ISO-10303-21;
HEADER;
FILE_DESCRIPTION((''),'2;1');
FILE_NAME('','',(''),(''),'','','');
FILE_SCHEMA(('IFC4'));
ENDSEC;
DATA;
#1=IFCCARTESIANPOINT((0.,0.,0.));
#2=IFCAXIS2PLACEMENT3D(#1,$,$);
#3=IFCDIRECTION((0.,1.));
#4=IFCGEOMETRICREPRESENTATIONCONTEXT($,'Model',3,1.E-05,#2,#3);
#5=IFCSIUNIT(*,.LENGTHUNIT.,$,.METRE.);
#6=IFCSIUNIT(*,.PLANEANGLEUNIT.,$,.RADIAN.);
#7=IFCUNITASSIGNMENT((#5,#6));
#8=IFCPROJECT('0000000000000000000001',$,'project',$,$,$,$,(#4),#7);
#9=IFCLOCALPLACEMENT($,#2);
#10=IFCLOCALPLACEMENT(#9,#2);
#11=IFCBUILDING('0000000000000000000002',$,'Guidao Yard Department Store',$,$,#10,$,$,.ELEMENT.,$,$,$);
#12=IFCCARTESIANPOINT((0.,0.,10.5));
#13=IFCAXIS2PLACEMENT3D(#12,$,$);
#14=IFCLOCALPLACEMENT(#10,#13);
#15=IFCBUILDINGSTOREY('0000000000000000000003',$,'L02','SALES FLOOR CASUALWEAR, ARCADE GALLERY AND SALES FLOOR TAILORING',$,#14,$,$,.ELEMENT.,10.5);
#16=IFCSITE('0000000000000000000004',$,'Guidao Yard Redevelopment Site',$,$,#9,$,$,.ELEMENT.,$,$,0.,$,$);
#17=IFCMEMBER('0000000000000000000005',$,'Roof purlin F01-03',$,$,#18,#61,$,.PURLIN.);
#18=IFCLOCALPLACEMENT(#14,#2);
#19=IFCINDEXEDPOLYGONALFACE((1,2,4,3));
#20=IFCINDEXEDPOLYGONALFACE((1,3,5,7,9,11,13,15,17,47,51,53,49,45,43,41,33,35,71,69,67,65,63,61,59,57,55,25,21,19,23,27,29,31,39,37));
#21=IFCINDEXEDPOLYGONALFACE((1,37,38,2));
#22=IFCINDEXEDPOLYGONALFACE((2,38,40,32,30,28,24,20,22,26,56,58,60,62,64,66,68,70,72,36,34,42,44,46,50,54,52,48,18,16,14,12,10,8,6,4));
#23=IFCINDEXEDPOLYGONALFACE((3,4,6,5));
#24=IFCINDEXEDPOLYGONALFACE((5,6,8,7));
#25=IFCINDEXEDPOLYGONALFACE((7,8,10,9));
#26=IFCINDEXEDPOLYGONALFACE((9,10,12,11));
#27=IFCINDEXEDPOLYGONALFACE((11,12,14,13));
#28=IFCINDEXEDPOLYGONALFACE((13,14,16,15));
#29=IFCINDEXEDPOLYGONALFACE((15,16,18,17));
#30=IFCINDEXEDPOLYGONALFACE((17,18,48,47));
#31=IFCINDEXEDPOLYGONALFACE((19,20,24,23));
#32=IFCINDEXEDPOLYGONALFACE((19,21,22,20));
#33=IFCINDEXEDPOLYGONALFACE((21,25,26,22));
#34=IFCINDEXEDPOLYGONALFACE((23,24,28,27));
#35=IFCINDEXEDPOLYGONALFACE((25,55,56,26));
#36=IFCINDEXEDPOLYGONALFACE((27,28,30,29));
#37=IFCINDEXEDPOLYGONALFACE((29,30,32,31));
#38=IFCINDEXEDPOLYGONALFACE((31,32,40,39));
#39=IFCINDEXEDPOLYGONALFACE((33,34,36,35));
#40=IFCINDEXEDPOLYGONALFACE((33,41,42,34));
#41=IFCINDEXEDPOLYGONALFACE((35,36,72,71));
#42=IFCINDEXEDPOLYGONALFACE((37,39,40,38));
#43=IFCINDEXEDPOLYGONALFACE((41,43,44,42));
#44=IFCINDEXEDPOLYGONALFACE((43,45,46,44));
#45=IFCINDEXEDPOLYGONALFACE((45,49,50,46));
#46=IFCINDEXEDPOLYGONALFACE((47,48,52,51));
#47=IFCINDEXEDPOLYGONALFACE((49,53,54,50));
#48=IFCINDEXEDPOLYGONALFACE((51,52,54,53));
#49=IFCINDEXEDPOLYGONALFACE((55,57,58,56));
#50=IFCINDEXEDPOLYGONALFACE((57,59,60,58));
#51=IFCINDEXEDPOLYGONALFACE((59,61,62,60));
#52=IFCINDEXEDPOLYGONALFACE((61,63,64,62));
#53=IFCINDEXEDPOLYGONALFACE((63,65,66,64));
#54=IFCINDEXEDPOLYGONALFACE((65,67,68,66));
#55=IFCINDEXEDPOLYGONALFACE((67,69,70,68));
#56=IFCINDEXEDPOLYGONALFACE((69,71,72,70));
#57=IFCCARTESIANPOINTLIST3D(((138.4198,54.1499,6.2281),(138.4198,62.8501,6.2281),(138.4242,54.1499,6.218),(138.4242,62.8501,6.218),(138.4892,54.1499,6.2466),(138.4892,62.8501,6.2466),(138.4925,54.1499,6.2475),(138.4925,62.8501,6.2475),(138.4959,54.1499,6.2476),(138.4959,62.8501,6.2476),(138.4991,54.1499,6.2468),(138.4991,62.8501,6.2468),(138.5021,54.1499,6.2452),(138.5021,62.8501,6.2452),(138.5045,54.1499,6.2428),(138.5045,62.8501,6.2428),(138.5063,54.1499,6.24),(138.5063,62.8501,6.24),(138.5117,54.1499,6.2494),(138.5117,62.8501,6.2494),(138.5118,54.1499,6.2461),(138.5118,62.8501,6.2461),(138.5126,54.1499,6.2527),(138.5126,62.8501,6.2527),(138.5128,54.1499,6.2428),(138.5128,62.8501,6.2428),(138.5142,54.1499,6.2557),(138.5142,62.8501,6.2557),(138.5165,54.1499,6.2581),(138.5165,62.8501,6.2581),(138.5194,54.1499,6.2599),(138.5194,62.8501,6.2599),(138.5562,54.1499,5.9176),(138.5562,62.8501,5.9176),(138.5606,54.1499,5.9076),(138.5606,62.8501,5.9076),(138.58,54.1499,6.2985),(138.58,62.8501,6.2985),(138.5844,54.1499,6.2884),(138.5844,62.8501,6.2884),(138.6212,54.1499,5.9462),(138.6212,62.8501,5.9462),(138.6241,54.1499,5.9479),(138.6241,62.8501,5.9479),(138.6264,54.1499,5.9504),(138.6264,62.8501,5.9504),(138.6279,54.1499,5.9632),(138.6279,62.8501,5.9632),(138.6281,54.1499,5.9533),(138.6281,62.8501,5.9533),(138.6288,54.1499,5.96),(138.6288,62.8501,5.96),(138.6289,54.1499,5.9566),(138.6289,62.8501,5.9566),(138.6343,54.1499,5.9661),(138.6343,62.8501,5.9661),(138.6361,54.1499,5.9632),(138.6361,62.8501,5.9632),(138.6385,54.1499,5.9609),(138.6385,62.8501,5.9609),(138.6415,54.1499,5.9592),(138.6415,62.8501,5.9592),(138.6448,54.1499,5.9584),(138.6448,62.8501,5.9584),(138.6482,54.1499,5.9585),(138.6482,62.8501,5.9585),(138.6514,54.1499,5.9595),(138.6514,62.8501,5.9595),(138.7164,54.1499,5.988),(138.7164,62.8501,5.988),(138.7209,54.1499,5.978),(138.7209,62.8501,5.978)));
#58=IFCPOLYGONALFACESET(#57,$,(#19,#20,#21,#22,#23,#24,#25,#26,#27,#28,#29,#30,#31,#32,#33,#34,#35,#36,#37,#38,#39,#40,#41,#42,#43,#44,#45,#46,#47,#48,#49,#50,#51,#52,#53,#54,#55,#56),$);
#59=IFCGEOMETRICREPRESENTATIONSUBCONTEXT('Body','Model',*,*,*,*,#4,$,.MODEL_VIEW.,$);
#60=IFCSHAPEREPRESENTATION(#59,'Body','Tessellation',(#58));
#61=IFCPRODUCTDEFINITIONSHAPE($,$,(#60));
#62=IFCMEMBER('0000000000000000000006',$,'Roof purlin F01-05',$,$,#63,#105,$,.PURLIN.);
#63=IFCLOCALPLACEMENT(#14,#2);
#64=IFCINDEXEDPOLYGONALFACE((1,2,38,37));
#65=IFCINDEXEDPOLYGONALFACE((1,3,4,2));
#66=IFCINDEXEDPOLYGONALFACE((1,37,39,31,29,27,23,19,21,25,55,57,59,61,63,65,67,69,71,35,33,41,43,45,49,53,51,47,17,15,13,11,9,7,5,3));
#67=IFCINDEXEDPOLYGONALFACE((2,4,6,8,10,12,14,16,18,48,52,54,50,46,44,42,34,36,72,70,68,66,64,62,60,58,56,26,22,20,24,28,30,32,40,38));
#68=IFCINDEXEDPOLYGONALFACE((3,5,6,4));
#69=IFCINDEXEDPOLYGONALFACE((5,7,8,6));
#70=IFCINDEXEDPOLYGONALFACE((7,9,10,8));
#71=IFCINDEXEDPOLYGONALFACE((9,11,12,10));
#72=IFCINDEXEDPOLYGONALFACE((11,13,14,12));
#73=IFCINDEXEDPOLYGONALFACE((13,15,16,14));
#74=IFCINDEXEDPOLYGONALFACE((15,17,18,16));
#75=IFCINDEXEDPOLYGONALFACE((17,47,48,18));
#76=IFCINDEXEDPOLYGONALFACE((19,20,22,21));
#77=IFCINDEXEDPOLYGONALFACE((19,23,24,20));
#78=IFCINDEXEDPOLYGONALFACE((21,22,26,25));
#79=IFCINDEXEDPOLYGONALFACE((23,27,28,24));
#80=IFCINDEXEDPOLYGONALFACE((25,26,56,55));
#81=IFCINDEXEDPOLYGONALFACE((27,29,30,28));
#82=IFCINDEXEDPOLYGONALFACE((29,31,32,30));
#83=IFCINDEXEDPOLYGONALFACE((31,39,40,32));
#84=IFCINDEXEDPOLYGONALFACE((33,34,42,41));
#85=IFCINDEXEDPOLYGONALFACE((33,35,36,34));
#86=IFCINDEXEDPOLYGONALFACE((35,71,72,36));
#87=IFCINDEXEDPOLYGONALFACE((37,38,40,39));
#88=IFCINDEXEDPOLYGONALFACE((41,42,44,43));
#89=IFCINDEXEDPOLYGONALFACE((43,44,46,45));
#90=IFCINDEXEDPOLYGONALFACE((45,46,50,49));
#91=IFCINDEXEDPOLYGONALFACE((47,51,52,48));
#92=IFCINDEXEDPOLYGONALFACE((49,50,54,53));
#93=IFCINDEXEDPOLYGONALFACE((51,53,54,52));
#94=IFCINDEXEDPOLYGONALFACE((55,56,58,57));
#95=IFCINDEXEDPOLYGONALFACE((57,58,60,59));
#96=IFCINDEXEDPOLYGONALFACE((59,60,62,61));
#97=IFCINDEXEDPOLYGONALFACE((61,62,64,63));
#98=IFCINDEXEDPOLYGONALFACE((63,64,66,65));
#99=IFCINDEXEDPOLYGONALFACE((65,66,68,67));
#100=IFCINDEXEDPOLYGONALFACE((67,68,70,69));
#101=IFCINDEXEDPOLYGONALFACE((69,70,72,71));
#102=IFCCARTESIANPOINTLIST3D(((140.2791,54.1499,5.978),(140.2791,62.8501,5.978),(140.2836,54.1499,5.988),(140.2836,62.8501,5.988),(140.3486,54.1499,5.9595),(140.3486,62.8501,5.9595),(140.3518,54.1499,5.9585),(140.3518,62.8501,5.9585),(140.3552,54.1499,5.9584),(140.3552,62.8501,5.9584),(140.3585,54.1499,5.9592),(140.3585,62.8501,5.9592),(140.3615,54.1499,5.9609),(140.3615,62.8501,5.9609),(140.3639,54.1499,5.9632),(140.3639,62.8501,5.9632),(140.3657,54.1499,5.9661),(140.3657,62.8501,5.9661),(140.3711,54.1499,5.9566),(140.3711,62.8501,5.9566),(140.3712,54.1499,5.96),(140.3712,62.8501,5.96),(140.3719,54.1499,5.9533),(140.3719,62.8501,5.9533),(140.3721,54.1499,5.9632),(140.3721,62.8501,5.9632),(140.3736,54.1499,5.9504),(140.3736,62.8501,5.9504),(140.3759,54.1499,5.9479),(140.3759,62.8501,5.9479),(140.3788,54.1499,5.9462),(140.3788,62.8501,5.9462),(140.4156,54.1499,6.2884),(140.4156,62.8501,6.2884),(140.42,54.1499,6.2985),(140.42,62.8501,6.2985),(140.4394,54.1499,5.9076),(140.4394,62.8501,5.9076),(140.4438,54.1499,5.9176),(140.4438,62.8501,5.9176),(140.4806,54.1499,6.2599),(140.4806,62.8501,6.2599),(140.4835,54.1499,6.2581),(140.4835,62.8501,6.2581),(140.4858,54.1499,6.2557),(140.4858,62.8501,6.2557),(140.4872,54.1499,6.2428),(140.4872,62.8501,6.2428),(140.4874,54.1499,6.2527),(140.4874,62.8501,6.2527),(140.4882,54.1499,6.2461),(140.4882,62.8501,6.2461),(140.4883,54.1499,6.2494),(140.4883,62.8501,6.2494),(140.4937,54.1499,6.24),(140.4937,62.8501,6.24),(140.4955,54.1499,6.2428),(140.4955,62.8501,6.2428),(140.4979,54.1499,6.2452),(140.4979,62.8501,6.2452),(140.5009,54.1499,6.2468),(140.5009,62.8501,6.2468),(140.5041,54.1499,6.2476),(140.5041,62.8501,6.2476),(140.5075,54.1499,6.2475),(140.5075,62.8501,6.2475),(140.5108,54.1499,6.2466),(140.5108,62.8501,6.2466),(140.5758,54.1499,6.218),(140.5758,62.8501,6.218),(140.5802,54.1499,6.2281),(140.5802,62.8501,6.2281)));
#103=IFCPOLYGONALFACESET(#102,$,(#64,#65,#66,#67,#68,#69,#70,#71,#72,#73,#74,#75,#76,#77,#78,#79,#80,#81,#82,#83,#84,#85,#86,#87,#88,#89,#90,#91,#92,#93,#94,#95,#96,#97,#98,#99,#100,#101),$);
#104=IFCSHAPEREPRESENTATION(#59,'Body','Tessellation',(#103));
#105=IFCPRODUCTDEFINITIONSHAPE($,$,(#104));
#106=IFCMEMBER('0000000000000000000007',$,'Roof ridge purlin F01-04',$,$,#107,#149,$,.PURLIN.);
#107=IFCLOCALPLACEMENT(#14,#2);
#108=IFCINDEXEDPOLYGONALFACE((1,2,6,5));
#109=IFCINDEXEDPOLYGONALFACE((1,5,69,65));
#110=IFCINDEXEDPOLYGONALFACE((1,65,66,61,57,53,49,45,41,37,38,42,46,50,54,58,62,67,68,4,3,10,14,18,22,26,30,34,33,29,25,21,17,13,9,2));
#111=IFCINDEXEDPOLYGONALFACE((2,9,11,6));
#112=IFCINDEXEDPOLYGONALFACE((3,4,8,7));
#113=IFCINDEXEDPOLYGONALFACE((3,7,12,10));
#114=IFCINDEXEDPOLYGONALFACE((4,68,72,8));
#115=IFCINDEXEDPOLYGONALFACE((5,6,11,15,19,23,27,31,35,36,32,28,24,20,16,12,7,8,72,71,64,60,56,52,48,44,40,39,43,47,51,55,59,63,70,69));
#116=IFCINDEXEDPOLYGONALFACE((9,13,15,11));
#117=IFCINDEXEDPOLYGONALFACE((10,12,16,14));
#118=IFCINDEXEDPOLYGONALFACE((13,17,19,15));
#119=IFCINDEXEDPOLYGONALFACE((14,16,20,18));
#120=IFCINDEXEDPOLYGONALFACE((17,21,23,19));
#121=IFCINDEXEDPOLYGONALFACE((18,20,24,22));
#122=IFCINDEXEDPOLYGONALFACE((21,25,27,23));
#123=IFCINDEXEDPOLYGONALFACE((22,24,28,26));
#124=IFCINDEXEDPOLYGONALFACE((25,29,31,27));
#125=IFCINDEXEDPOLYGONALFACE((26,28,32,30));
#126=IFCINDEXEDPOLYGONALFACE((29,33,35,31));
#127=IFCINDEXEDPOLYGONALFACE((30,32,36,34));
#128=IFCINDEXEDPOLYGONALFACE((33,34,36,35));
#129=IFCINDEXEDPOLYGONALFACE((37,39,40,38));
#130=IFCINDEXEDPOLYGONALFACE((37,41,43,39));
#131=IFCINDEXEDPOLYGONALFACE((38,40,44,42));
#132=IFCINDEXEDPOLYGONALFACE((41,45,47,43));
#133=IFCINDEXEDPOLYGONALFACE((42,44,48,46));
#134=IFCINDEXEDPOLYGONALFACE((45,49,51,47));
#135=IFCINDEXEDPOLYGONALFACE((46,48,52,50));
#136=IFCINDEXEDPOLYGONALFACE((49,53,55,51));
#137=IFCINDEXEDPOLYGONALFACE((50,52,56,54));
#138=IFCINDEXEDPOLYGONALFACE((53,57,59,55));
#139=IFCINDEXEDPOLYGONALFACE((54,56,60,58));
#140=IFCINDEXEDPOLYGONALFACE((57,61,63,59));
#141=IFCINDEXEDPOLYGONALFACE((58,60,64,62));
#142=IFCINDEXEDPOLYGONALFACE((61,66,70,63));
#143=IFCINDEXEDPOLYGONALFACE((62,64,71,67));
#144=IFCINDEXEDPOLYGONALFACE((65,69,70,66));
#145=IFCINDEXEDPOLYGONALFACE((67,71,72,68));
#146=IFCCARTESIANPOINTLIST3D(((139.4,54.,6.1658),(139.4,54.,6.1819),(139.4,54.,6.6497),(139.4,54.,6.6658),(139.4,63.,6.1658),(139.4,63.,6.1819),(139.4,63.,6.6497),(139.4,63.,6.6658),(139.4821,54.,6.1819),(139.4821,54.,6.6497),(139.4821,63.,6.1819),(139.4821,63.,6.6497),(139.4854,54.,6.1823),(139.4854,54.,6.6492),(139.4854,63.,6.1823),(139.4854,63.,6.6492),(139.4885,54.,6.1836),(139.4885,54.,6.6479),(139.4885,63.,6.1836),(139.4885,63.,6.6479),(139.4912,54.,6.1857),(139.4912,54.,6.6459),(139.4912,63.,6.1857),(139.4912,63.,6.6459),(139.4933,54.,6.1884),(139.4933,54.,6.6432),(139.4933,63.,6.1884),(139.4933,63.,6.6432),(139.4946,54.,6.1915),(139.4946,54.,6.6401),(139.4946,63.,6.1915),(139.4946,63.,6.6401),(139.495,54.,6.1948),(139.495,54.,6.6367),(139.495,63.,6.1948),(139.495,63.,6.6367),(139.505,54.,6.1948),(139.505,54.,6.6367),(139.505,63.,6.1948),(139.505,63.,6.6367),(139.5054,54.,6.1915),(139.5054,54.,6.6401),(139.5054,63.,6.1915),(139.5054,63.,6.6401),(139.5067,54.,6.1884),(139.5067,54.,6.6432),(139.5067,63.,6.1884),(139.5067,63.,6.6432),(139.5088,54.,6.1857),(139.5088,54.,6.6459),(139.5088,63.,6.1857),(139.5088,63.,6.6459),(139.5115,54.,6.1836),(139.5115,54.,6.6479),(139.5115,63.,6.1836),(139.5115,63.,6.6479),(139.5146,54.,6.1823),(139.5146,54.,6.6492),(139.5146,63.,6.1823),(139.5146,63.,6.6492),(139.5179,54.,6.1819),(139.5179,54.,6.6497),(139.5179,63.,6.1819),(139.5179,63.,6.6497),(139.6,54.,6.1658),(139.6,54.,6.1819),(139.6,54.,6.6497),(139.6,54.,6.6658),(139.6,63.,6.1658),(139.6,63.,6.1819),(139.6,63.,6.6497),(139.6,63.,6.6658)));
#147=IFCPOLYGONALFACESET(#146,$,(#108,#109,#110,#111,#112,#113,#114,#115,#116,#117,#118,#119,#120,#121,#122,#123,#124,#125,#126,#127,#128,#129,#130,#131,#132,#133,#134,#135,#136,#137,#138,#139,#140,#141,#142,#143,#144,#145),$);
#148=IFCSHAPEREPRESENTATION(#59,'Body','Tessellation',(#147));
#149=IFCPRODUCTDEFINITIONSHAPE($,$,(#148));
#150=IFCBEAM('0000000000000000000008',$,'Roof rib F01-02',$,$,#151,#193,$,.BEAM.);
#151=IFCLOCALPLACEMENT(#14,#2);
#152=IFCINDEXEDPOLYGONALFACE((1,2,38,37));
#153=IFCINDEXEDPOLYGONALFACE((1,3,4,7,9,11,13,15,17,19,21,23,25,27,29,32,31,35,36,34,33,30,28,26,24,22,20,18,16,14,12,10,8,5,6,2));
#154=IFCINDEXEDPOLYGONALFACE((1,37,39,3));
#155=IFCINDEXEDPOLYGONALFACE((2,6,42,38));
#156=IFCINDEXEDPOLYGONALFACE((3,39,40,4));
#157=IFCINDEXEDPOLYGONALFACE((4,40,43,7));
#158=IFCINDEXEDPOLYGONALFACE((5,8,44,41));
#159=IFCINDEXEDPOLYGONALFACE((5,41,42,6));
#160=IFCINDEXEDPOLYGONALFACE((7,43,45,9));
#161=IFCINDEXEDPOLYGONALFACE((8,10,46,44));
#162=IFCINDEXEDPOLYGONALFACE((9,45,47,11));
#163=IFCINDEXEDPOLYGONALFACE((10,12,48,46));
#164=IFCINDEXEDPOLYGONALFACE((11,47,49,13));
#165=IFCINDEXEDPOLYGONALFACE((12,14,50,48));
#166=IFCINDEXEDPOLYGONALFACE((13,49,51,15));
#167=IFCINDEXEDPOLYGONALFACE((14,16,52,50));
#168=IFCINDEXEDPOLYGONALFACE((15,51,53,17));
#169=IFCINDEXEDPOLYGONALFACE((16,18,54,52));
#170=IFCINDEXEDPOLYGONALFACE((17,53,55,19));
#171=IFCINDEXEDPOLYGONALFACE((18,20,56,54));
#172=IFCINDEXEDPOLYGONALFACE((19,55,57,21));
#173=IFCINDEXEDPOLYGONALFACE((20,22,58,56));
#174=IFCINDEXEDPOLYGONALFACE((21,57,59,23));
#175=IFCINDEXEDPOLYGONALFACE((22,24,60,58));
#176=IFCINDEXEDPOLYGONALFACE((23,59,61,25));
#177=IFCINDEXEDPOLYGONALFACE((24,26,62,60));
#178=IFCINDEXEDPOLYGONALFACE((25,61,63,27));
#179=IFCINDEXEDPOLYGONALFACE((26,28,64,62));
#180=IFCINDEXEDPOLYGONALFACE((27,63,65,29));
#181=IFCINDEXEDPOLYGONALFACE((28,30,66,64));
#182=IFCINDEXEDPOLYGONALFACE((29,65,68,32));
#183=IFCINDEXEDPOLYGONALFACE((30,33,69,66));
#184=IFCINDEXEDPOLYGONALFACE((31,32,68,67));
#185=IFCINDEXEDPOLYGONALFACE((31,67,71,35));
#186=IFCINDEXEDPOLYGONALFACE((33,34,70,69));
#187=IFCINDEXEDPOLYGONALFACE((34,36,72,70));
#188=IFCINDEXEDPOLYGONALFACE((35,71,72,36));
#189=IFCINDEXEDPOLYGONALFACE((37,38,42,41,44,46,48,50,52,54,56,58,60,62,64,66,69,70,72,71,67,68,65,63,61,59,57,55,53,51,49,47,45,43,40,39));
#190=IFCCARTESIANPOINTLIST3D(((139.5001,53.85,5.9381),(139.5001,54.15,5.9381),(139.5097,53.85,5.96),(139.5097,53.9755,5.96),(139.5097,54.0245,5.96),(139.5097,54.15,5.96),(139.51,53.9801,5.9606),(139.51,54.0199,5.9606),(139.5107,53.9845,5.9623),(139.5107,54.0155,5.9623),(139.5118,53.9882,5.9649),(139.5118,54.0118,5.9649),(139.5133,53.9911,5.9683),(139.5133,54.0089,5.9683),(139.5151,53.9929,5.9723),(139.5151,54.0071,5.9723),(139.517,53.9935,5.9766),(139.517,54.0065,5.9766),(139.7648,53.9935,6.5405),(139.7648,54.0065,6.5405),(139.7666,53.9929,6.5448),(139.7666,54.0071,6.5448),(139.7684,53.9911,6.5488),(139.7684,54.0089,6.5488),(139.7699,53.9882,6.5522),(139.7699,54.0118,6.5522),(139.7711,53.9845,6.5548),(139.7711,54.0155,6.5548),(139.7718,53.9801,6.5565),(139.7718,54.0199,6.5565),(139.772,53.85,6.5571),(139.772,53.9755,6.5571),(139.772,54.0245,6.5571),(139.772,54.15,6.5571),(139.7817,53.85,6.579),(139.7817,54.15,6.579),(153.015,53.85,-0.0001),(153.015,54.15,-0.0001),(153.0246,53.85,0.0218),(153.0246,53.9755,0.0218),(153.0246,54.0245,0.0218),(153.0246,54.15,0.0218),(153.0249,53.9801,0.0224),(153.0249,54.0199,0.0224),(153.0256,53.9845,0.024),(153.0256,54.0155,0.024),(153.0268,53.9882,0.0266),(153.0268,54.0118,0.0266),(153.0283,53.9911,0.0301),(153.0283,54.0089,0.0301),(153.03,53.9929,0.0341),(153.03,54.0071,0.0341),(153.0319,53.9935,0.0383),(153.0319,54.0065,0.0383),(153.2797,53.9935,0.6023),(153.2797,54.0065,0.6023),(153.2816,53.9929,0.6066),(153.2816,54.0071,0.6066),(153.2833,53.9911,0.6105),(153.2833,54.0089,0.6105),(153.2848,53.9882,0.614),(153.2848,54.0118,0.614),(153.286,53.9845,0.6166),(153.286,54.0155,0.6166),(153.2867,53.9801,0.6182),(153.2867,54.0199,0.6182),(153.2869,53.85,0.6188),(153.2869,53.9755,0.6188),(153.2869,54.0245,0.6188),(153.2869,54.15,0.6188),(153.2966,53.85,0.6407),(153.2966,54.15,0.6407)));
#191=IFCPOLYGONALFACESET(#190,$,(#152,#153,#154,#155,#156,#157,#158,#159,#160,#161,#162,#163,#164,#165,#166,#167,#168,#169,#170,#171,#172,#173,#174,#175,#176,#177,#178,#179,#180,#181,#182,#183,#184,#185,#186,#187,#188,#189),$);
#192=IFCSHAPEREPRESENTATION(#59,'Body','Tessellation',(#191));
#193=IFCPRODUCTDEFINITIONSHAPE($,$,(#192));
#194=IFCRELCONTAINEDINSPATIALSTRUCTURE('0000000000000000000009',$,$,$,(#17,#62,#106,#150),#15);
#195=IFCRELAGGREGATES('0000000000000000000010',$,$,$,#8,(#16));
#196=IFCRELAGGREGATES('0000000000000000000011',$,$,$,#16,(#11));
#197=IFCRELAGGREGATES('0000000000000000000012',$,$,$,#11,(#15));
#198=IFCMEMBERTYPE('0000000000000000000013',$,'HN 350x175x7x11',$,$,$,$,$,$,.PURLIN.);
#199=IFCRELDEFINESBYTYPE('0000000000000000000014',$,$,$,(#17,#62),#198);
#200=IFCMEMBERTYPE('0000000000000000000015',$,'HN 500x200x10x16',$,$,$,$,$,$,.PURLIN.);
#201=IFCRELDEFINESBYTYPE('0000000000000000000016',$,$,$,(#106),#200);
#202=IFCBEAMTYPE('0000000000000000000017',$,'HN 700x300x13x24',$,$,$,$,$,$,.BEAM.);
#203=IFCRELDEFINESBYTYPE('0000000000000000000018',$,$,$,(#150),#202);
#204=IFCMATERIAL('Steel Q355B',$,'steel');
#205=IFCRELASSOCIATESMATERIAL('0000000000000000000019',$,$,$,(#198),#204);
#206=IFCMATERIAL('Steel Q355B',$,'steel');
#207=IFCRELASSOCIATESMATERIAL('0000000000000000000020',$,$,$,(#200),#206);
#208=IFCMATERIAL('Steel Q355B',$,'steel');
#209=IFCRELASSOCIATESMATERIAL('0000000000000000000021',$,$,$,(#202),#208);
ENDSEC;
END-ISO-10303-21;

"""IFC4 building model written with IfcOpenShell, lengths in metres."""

from ifc_helpers import new_model, si_unit, direction, frame, origin, origin_2d, place, context, subcontext, project, spatial, i_section, extrude, material, material_profile, profile_set, type_object, element, save


model = new_model("IFC4")

# Units and contexts
model_context = context("Model", 3, precision=1e-05, world=origin(), true_north=direction((0.0, 1.0)))
body_context = subcontext(model_context, "Body", "Model", "MODEL_VIEW")
ifc_project = project(units=[si_unit("LENGTHUNIT", "METRE"), si_unit("PLANEANGLEUNIT", "RADIAN")], contexts=[model_context])

# Site, building, storey
site_placement = place(None, origin())
site = spatial("IfcSite", under=ifc_project, at=site_placement, Name="Guidao Yard Redevelopment Site", CompositionType="ELEMENT", RefElevation=0.0)
building_placement = place(site_placement, origin())
building = spatial("IfcBuilding", under=site, at=building_placement, Name="Guidao Yard Department Store", CompositionType="ELEMENT")
storey_placement = place(building_placement, frame((0.0, 0.0, 10.5)))
storey = spatial("IfcBuildingStorey", under=building, at=storey_placement, Name="L02", Description="SALES FLOOR CASUALWEAR, ARCADE GALLERY AND SALES FLOOR TAILORING", CompositionType="ELEMENT", Elevation=10.5)

# Members
ifc_material_1 = material(Name="Steel Q355B", Category="steel")
ifc_material_profile_1 = material_profile(ifc_material_1, i_section(OverallWidth=0.175, OverallDepth=0.3501, WebThickness=0.0071, FlangeThickness=0.011, FilletRadius=0.0129, at=origin_2d()), Name="HN 350x175x7x11")
ifc_profile_set_1 = profile_set([ifc_material_profile_1], Name="Steel Q355B")
member_type_1 = type_object("IfcMemberType", Name="HN 350x175x7x11", PredefinedType="PURLIN", material=ifc_profile_set_1)
for number, where, z_axis, x_axis, name in (
    (1, (138.5703, 54.1499, 6.103), (0.0, 1.0, 0.0), (-0.915526, 0.0, -0.402258), "Roof purlin F01-03"),
    (2, (140.4297, 54.1499, 6.103), (0.0, 1.0, 0.0), (-0.915526, 0.0, 0.402258), "Roof purlin F01-05"),
):
    element("IfcMember", number, at=place(storey_placement, frame(where, z_axis=z_axis, x_axis=x_axis)), inside=storey, type_object=member_type_1, Name=name, PredefinedType="PURLIN", context=body_context, shape_type="SweptSolid", body=[
        extrude(i_section(OverallWidth=0.175, OverallDepth=0.3501, WebThickness=0.0071, FlangeThickness=0.011, FilletRadius=0.0129, at=origin_2d()), origin(), (0.0, 0.0, 1.0), 8.7002),
    ])
ifc_material_2 = material(Name="Steel Q355B", Category="steel")
ifc_material_profile_2 = material_profile(ifc_material_2, i_section(OverallWidth=0.2, OverallDepth=0.5, WebThickness=0.01, FlangeThickness=0.0161, FilletRadius=0.0129, at=origin_2d()), Name="HN 500x200x10x16")
ifc_profile_set_2 = profile_set([ifc_material_profile_2], Name="Steel Q355B")
member_type_2 = type_object("IfcMemberType", Name="HN 500x200x10x16", PredefinedType="PURLIN", material=ifc_profile_set_2)
member_1_placement = place(storey_placement, frame((139.5, 54.0, 6.4158), z_axis=(0.0, 1.0, 0.0), x_axis=(-1.0, 0.0, 0.0)))
element("IfcMember", 3, at=member_1_placement, inside=storey, type_object=member_type_2, Name="Roof ridge purlin F01-04", PredefinedType="PURLIN", context=body_context, shape_type="SweptSolid", body=[
    extrude(i_section(OverallWidth=0.2, OverallDepth=0.5, WebThickness=0.01, FlangeThickness=0.0161, FilletRadius=0.0129, at=origin_2d()), origin(), (0.0, 0.0, 1.0), 9.0),
])

# Beam
ifc_material_3 = material(Name="Steel Q355B", Category="steel")
ifc_material_profile_3 = material_profile(ifc_material_3, i_section(OverallWidth=0.3, OverallDepth=0.7, WebThickness=0.0129, FlangeThickness=0.0239, FilletRadius=0.0181, at=origin_2d()), Name="HN 700x300x13x24")
ifc_profile_set_3 = profile_set([ifc_material_profile_3], Name="Steel Q355B")
beam_type = type_object("IfcBeamType", Name="HN 700x300x13x24", PredefinedType="BEAM", material=ifc_profile_set_3)
beam_placement = place(storey_placement, frame((139.6409, 54.0, 6.2585), z_axis=(0.915523, 0.0, -0.402266), x_axis=(0.0, 1.0, 0.0)))
element("IfcBeam", 4, at=beam_placement, inside=storey, type_object=beam_type, Name="Roof rib F01-02", PredefinedType="BEAM", context=body_context, shape_type="SweptSolid", body=[
    extrude(i_section(OverallWidth=0.3, OverallDepth=0.7, WebThickness=0.0129, FlangeThickness=0.0239, FilletRadius=0.0181, at=origin_2d()), origin(), (0.0, 0.0, 1.0), 14.762),
])

save(model, "model.ifc")
